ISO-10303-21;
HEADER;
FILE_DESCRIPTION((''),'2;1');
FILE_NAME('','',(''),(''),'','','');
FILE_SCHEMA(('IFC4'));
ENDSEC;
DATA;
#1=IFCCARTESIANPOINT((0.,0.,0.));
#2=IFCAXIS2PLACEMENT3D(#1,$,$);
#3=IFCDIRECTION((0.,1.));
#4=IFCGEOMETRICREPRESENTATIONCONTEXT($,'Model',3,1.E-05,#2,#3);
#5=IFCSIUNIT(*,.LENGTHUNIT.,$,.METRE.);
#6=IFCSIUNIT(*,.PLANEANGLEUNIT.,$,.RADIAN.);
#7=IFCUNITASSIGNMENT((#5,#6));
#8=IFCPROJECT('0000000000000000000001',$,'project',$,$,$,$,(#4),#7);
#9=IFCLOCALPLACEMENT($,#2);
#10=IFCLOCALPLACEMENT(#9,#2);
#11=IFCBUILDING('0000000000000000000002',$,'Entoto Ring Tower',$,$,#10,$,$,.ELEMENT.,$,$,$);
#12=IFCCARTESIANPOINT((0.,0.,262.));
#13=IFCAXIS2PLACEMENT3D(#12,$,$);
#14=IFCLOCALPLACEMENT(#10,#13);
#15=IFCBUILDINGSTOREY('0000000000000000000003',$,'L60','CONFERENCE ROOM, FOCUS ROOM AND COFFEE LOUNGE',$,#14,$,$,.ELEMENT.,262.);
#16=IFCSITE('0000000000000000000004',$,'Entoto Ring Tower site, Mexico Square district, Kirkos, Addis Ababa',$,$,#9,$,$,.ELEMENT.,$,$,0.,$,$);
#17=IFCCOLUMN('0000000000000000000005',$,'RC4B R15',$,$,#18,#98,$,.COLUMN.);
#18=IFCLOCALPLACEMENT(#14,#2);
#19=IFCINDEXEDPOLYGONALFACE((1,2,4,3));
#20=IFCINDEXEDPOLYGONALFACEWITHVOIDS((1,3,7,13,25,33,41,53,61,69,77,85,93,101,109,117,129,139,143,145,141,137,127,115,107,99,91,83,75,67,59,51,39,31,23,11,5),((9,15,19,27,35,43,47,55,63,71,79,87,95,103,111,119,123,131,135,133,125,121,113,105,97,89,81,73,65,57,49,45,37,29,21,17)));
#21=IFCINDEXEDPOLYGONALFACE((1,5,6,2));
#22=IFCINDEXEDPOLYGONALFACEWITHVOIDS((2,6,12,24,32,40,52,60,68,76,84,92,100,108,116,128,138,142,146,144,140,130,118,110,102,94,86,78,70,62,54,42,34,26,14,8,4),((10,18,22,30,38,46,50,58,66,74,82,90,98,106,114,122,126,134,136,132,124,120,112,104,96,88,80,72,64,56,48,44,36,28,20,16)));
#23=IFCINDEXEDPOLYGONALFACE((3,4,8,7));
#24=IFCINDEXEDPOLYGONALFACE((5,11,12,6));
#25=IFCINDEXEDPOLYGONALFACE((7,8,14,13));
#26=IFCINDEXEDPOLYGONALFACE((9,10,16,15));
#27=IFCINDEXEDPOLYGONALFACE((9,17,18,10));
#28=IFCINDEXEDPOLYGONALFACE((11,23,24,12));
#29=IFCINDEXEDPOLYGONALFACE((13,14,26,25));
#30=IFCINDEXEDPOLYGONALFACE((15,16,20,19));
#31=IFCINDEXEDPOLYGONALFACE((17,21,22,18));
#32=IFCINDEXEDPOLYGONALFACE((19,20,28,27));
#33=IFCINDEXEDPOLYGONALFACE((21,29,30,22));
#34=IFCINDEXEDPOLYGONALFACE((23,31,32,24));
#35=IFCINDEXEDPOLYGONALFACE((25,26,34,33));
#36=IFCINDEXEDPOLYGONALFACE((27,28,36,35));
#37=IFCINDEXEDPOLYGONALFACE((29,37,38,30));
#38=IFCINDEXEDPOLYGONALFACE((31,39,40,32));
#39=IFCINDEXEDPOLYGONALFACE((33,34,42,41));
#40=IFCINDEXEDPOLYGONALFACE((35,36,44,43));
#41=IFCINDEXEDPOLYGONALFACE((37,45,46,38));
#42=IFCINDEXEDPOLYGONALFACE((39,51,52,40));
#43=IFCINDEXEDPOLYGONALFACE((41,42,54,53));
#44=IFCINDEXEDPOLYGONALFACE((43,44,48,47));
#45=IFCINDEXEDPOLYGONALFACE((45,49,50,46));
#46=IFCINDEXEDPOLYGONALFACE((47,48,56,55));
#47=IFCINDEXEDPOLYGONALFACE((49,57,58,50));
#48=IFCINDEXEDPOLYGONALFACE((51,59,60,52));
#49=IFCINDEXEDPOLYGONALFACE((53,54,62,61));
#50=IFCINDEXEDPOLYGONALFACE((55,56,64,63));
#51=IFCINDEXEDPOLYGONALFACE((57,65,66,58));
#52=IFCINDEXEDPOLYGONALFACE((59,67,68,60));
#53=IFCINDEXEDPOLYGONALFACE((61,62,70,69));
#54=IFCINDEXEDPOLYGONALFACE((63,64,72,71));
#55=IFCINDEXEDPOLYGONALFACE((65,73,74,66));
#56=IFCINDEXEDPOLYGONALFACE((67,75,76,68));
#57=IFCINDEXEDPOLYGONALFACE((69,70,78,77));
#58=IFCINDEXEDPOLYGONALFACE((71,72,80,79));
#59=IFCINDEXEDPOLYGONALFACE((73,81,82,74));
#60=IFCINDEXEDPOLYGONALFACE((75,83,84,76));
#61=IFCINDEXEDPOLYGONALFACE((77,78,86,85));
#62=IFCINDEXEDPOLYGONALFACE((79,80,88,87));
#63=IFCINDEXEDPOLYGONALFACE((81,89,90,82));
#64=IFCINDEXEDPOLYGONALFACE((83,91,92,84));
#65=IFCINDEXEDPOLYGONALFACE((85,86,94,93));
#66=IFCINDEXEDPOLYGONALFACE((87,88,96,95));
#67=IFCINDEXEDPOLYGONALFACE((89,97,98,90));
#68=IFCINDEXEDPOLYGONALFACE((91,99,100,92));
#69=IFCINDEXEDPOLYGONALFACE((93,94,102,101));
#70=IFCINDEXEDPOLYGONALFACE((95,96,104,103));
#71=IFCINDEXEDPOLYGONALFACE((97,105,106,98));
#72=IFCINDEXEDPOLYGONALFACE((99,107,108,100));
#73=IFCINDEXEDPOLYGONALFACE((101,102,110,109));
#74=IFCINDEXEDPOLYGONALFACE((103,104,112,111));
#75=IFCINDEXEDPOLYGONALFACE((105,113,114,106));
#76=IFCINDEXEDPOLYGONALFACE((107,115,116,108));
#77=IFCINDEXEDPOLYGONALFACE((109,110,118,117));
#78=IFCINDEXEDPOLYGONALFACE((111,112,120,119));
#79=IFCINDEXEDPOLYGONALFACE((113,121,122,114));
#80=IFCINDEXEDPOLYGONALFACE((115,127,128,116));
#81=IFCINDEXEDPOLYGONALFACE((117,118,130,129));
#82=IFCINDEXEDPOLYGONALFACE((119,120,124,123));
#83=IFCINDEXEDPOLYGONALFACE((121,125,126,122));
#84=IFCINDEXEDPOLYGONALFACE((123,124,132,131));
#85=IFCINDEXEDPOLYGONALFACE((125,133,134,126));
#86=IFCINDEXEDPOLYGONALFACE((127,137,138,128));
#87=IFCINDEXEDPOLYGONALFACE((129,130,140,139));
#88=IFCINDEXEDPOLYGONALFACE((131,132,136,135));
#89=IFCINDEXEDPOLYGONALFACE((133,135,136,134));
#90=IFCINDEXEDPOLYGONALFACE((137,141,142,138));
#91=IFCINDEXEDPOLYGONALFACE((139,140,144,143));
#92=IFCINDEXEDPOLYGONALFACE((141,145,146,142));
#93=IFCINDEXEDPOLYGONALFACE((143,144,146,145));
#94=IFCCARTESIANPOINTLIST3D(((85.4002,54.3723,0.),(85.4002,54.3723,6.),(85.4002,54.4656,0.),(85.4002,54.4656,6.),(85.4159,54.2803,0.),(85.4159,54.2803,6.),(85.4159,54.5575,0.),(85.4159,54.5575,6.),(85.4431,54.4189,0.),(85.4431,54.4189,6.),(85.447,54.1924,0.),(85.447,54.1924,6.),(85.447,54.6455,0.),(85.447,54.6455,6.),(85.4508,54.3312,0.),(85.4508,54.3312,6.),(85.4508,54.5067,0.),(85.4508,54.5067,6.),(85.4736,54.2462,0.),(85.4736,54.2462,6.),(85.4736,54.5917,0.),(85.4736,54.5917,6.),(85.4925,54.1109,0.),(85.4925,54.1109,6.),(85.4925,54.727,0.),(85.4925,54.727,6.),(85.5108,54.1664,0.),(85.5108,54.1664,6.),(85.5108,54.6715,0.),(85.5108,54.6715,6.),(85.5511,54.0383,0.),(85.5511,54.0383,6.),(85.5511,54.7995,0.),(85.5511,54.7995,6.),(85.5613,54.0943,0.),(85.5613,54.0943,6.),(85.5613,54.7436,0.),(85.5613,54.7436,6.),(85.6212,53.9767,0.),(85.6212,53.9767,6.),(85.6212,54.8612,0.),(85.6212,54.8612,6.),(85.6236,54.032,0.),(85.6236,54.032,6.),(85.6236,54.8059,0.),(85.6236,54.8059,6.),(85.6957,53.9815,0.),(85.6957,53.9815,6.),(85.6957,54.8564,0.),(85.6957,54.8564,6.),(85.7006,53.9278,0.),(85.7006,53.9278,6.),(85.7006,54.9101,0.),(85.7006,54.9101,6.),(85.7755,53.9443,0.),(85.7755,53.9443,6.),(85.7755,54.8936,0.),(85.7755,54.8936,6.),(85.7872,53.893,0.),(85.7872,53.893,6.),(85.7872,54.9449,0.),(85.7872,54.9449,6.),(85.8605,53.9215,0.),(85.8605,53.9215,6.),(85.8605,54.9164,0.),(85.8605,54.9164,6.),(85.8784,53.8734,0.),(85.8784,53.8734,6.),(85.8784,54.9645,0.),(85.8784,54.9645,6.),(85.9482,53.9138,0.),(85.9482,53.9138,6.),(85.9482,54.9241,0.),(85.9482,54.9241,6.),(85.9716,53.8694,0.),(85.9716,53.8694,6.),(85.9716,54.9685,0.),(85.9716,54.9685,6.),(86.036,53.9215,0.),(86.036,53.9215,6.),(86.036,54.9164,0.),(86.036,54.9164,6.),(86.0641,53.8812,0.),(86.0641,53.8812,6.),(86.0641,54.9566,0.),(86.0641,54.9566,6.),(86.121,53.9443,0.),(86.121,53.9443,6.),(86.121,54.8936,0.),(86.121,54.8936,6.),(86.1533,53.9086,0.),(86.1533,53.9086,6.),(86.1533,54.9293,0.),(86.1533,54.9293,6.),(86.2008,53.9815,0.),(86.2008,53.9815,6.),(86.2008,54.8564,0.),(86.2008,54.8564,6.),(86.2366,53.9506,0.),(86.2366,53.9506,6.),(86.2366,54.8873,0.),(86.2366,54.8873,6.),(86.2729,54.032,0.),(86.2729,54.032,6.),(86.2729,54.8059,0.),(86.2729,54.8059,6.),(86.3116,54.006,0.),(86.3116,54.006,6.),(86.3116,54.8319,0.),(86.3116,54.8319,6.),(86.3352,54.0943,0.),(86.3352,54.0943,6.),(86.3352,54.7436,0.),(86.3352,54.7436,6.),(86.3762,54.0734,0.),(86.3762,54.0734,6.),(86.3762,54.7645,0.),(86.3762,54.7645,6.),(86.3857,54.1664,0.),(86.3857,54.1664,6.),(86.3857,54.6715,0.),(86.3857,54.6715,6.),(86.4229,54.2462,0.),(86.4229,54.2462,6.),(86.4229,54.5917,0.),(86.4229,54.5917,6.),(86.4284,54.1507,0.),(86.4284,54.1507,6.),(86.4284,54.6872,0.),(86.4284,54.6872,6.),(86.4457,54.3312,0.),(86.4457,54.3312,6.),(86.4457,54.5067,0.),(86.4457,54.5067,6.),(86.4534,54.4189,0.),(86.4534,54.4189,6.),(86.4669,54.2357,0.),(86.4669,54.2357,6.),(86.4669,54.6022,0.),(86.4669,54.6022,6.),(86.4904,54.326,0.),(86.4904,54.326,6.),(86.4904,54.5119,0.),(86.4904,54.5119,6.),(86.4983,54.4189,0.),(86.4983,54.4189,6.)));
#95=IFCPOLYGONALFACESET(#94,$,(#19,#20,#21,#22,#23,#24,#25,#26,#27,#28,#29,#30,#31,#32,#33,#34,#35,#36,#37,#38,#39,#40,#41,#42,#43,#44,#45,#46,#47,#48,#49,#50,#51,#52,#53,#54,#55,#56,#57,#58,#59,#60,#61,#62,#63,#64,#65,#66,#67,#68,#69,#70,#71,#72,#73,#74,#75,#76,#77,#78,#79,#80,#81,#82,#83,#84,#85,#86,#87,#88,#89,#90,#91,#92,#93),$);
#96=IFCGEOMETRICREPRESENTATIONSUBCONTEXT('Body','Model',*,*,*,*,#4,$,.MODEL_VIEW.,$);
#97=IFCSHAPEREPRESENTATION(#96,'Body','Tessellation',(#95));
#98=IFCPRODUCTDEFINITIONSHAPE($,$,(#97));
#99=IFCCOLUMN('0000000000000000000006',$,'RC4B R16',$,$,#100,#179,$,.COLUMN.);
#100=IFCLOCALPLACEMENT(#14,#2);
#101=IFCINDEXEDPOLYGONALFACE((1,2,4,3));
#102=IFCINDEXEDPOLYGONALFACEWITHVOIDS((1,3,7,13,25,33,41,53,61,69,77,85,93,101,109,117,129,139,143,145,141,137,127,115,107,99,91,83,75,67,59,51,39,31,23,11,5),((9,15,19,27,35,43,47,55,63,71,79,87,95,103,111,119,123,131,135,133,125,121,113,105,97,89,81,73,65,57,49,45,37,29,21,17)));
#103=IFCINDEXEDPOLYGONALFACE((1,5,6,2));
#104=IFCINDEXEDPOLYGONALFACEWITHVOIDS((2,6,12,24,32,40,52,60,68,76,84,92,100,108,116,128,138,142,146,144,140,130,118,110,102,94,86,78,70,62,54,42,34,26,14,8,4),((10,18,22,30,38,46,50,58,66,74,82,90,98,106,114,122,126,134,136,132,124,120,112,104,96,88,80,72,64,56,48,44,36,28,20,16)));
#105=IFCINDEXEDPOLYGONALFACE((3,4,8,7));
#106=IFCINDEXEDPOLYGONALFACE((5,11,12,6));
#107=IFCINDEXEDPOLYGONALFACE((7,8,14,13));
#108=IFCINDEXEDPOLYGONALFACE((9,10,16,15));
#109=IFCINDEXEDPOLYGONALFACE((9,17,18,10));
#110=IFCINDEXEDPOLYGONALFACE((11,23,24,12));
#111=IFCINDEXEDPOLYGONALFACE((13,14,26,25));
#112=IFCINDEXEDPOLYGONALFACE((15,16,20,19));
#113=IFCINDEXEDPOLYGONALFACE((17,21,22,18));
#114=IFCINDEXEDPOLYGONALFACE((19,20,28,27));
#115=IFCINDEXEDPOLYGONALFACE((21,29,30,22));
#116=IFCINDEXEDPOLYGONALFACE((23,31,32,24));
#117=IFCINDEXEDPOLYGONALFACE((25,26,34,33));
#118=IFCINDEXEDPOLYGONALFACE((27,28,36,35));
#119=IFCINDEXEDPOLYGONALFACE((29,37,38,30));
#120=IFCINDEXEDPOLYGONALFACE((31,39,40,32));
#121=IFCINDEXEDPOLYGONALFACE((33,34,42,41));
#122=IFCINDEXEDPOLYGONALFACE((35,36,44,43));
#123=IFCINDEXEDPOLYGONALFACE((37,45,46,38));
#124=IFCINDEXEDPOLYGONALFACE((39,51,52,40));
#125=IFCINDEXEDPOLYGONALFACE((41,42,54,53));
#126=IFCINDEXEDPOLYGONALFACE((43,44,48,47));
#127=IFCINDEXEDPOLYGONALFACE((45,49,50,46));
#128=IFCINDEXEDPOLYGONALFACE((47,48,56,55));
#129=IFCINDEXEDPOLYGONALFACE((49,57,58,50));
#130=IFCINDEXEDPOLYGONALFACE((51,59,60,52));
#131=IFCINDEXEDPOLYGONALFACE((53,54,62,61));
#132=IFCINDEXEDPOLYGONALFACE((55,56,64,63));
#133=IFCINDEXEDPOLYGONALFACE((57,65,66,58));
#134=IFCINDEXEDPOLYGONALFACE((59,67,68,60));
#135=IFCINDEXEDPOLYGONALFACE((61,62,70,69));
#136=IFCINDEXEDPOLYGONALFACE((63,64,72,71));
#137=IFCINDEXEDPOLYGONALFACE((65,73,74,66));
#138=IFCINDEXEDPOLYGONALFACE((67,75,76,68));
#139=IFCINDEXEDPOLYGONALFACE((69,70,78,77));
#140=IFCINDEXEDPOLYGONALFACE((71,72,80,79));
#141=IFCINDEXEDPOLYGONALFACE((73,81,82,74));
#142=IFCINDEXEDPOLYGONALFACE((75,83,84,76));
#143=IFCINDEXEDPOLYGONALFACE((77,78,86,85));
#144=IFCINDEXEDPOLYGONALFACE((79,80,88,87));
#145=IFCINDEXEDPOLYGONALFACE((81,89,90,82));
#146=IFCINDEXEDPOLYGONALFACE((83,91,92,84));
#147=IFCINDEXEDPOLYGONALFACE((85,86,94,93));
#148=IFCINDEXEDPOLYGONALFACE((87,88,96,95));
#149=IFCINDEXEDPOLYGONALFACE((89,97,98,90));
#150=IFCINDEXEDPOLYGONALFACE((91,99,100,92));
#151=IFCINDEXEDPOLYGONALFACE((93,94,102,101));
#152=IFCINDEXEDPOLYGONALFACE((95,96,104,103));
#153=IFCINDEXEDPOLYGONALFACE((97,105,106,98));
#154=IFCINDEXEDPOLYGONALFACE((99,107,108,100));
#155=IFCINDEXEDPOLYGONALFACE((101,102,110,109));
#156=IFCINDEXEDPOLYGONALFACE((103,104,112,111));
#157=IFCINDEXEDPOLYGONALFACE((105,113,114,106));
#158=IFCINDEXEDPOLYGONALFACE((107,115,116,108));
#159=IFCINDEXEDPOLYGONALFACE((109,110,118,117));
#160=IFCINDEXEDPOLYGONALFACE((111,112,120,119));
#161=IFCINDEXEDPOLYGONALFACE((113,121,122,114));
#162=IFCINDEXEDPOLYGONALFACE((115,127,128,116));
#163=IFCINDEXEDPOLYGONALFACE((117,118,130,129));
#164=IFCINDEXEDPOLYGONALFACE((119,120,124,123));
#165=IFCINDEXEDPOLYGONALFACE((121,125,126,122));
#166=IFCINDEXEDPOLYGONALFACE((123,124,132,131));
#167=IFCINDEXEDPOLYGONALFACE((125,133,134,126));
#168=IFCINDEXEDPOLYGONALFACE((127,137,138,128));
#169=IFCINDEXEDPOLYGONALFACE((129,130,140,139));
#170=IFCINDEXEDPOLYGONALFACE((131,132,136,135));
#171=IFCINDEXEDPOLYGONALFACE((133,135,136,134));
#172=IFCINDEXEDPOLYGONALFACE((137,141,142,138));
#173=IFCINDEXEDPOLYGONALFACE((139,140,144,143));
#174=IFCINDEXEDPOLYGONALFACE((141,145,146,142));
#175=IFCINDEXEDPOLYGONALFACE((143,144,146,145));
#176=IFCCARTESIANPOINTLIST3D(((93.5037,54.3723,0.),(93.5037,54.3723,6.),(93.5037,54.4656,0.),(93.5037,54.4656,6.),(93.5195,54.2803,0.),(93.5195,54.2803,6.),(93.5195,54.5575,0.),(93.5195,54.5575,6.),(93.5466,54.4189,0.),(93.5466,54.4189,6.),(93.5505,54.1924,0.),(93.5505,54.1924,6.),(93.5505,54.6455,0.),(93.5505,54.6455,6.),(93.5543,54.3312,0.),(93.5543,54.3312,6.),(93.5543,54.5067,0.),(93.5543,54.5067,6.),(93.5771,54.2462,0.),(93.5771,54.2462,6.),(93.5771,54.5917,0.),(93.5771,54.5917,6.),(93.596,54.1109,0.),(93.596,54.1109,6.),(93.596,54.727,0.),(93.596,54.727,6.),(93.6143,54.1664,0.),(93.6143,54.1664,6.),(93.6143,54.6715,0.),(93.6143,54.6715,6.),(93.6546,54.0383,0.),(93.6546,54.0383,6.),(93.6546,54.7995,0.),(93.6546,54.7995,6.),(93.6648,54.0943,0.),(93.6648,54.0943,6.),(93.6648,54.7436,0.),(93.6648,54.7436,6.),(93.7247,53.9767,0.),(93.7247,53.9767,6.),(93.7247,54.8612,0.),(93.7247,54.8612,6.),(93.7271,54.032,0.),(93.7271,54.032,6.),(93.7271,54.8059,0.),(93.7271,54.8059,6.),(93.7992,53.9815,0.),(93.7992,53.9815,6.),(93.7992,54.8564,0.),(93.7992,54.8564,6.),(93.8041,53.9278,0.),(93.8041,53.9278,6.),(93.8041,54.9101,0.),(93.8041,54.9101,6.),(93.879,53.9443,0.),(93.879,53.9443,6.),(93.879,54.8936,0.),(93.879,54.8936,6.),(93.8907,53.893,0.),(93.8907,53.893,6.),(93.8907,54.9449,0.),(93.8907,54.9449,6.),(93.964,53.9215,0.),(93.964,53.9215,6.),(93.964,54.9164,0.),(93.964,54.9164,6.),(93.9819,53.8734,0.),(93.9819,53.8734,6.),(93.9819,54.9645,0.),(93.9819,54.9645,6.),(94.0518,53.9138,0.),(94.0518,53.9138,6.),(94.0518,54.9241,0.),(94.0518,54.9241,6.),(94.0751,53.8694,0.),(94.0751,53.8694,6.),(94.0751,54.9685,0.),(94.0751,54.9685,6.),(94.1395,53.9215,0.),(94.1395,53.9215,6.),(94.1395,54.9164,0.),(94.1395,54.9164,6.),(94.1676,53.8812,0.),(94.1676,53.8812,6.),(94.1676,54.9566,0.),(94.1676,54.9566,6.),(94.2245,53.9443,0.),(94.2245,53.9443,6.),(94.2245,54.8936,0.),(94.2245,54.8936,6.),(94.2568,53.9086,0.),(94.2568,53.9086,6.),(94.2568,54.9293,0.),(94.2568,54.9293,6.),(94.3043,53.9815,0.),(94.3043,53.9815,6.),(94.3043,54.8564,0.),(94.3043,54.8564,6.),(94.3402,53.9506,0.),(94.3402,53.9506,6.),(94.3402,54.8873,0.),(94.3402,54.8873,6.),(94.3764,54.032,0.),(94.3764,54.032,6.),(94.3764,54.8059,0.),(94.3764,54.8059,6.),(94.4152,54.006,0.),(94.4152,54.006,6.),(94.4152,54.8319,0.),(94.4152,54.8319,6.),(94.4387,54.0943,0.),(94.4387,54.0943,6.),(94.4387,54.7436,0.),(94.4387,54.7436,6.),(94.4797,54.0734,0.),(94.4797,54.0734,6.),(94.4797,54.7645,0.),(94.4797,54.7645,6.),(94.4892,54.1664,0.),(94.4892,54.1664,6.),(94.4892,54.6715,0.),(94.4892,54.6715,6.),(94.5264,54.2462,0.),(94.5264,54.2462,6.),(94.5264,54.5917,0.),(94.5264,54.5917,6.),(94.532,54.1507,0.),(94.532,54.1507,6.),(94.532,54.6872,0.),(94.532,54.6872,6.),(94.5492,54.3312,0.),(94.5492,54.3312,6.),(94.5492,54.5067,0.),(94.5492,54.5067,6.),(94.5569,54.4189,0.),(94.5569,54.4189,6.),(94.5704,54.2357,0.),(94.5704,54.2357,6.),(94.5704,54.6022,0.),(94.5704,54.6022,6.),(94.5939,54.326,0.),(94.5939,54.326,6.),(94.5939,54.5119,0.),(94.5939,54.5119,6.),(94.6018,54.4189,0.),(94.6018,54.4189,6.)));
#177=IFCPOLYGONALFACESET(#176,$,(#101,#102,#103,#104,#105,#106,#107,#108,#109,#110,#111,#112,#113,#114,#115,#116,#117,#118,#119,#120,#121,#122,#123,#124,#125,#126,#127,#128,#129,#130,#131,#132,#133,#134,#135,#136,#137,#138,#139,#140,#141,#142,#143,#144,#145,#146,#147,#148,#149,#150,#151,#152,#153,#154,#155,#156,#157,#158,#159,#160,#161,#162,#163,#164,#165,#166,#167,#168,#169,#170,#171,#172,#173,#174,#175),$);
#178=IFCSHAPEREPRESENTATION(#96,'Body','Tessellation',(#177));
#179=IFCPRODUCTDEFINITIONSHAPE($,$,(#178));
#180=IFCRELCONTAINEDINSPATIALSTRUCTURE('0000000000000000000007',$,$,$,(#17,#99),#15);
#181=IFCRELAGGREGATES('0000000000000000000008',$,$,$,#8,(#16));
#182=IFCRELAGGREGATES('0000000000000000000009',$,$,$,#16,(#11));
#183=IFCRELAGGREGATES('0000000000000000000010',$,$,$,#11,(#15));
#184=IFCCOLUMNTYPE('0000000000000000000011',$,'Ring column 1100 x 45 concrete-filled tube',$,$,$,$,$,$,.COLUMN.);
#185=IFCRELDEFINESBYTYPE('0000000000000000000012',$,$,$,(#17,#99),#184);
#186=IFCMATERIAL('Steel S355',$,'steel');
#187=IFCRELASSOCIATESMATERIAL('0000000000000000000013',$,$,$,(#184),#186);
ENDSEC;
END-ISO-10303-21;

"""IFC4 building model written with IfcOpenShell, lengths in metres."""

from ifc_helpers import new_model, si_unit, direction, frame, origin, origin_2d, place, context, subcontext, project, spatial, circle, hollow_circle, extrude, material, material_profile, profile_set, type_object, element, save


model = new_model("IFC4")

# Units and contexts
model_context = context("Model", 3, precision=1e-05, world=origin(), true_north=direction((0.0, 1.0)))
body_context = subcontext(model_context, "Body", "Model", "MODEL_VIEW")
ifc_project = project(units=[si_unit("LENGTHUNIT", "METRE"), si_unit("PLANEANGLEUNIT", "RADIAN")], contexts=[model_context])

# Site, building, storey
site_placement = place(None, origin())
site = spatial("IfcSite", under=ifc_project, at=site_placement, Name="Entoto Ring Tower site, Mexico Square district, Kirkos, Addis Ababa", CompositionType="ELEMENT", RefElevation=0.0)
building_placement = place(site_placement, origin())
building = spatial("IfcBuilding", under=site, at=building_placement, Name="Entoto Ring Tower", CompositionType="ELEMENT")
storey_placement = place(building_placement, frame((0.0, 0.0, 262.0)))
storey = spatial("IfcBuildingStorey", under=building, at=storey_placement, Name="L60", Description="CONFERENCE ROOM, FOCUS ROOM AND COFFEE LOUNGE", CompositionType="ELEMENT", Elevation=262.0)

# Columns
ifc_material_1 = material(Name="Steel S355", Category="steel")
ifc_material_profile_1 = material_profile(ifc_material_1, hollow_circle(Radius=0.55, WallThickness=0.0449, at=origin_2d()), Name="CHS 1100 x 45")
ifc_material_2 = material(Name="Concrete C60/75", Category="concrete")
ifc_material_profile_2 = material_profile(ifc_material_2, circle(Radius=0.5049, at=origin_2d()), Name="Concrete C60/75 infill")
ifc_profile_set_1 = profile_set([ifc_material_profile_1, ifc_material_profile_2], Name="Steel S355")
column_type = type_object("IfcColumnType", Name="Ring column 1100 x 45 concrete-filled tube", PredefinedType="COLUMN", material=ifc_profile_set_1)
for number, where, z_axis, x_axis, name in (
    (1, (85.9482, 54.4189, 0.0), (0.0, 0.0, 1.0), (1.0, 0.0, 0.0), "RC4B R15"),
    (2, (94.0518, 54.4189, 0.0), (0.0, 0.0, 1.0), (1.0, 0.0, 0.0), "RC4B R16"),
):
    element("IfcColumn", number, at=place(storey_placement, frame(where, z_axis=z_axis, x_axis=x_axis)), inside=storey, type_object=column_type, Name=name, PredefinedType="COLUMN", context=body_context, shape_type="SweptSolid", body=[
        extrude(hollow_circle(Radius=0.55, WallThickness=0.0449, at=origin_2d()), origin(), (0.0, 0.0, 1.0), 6.0),
    ])

save(model, "model.ifc")
